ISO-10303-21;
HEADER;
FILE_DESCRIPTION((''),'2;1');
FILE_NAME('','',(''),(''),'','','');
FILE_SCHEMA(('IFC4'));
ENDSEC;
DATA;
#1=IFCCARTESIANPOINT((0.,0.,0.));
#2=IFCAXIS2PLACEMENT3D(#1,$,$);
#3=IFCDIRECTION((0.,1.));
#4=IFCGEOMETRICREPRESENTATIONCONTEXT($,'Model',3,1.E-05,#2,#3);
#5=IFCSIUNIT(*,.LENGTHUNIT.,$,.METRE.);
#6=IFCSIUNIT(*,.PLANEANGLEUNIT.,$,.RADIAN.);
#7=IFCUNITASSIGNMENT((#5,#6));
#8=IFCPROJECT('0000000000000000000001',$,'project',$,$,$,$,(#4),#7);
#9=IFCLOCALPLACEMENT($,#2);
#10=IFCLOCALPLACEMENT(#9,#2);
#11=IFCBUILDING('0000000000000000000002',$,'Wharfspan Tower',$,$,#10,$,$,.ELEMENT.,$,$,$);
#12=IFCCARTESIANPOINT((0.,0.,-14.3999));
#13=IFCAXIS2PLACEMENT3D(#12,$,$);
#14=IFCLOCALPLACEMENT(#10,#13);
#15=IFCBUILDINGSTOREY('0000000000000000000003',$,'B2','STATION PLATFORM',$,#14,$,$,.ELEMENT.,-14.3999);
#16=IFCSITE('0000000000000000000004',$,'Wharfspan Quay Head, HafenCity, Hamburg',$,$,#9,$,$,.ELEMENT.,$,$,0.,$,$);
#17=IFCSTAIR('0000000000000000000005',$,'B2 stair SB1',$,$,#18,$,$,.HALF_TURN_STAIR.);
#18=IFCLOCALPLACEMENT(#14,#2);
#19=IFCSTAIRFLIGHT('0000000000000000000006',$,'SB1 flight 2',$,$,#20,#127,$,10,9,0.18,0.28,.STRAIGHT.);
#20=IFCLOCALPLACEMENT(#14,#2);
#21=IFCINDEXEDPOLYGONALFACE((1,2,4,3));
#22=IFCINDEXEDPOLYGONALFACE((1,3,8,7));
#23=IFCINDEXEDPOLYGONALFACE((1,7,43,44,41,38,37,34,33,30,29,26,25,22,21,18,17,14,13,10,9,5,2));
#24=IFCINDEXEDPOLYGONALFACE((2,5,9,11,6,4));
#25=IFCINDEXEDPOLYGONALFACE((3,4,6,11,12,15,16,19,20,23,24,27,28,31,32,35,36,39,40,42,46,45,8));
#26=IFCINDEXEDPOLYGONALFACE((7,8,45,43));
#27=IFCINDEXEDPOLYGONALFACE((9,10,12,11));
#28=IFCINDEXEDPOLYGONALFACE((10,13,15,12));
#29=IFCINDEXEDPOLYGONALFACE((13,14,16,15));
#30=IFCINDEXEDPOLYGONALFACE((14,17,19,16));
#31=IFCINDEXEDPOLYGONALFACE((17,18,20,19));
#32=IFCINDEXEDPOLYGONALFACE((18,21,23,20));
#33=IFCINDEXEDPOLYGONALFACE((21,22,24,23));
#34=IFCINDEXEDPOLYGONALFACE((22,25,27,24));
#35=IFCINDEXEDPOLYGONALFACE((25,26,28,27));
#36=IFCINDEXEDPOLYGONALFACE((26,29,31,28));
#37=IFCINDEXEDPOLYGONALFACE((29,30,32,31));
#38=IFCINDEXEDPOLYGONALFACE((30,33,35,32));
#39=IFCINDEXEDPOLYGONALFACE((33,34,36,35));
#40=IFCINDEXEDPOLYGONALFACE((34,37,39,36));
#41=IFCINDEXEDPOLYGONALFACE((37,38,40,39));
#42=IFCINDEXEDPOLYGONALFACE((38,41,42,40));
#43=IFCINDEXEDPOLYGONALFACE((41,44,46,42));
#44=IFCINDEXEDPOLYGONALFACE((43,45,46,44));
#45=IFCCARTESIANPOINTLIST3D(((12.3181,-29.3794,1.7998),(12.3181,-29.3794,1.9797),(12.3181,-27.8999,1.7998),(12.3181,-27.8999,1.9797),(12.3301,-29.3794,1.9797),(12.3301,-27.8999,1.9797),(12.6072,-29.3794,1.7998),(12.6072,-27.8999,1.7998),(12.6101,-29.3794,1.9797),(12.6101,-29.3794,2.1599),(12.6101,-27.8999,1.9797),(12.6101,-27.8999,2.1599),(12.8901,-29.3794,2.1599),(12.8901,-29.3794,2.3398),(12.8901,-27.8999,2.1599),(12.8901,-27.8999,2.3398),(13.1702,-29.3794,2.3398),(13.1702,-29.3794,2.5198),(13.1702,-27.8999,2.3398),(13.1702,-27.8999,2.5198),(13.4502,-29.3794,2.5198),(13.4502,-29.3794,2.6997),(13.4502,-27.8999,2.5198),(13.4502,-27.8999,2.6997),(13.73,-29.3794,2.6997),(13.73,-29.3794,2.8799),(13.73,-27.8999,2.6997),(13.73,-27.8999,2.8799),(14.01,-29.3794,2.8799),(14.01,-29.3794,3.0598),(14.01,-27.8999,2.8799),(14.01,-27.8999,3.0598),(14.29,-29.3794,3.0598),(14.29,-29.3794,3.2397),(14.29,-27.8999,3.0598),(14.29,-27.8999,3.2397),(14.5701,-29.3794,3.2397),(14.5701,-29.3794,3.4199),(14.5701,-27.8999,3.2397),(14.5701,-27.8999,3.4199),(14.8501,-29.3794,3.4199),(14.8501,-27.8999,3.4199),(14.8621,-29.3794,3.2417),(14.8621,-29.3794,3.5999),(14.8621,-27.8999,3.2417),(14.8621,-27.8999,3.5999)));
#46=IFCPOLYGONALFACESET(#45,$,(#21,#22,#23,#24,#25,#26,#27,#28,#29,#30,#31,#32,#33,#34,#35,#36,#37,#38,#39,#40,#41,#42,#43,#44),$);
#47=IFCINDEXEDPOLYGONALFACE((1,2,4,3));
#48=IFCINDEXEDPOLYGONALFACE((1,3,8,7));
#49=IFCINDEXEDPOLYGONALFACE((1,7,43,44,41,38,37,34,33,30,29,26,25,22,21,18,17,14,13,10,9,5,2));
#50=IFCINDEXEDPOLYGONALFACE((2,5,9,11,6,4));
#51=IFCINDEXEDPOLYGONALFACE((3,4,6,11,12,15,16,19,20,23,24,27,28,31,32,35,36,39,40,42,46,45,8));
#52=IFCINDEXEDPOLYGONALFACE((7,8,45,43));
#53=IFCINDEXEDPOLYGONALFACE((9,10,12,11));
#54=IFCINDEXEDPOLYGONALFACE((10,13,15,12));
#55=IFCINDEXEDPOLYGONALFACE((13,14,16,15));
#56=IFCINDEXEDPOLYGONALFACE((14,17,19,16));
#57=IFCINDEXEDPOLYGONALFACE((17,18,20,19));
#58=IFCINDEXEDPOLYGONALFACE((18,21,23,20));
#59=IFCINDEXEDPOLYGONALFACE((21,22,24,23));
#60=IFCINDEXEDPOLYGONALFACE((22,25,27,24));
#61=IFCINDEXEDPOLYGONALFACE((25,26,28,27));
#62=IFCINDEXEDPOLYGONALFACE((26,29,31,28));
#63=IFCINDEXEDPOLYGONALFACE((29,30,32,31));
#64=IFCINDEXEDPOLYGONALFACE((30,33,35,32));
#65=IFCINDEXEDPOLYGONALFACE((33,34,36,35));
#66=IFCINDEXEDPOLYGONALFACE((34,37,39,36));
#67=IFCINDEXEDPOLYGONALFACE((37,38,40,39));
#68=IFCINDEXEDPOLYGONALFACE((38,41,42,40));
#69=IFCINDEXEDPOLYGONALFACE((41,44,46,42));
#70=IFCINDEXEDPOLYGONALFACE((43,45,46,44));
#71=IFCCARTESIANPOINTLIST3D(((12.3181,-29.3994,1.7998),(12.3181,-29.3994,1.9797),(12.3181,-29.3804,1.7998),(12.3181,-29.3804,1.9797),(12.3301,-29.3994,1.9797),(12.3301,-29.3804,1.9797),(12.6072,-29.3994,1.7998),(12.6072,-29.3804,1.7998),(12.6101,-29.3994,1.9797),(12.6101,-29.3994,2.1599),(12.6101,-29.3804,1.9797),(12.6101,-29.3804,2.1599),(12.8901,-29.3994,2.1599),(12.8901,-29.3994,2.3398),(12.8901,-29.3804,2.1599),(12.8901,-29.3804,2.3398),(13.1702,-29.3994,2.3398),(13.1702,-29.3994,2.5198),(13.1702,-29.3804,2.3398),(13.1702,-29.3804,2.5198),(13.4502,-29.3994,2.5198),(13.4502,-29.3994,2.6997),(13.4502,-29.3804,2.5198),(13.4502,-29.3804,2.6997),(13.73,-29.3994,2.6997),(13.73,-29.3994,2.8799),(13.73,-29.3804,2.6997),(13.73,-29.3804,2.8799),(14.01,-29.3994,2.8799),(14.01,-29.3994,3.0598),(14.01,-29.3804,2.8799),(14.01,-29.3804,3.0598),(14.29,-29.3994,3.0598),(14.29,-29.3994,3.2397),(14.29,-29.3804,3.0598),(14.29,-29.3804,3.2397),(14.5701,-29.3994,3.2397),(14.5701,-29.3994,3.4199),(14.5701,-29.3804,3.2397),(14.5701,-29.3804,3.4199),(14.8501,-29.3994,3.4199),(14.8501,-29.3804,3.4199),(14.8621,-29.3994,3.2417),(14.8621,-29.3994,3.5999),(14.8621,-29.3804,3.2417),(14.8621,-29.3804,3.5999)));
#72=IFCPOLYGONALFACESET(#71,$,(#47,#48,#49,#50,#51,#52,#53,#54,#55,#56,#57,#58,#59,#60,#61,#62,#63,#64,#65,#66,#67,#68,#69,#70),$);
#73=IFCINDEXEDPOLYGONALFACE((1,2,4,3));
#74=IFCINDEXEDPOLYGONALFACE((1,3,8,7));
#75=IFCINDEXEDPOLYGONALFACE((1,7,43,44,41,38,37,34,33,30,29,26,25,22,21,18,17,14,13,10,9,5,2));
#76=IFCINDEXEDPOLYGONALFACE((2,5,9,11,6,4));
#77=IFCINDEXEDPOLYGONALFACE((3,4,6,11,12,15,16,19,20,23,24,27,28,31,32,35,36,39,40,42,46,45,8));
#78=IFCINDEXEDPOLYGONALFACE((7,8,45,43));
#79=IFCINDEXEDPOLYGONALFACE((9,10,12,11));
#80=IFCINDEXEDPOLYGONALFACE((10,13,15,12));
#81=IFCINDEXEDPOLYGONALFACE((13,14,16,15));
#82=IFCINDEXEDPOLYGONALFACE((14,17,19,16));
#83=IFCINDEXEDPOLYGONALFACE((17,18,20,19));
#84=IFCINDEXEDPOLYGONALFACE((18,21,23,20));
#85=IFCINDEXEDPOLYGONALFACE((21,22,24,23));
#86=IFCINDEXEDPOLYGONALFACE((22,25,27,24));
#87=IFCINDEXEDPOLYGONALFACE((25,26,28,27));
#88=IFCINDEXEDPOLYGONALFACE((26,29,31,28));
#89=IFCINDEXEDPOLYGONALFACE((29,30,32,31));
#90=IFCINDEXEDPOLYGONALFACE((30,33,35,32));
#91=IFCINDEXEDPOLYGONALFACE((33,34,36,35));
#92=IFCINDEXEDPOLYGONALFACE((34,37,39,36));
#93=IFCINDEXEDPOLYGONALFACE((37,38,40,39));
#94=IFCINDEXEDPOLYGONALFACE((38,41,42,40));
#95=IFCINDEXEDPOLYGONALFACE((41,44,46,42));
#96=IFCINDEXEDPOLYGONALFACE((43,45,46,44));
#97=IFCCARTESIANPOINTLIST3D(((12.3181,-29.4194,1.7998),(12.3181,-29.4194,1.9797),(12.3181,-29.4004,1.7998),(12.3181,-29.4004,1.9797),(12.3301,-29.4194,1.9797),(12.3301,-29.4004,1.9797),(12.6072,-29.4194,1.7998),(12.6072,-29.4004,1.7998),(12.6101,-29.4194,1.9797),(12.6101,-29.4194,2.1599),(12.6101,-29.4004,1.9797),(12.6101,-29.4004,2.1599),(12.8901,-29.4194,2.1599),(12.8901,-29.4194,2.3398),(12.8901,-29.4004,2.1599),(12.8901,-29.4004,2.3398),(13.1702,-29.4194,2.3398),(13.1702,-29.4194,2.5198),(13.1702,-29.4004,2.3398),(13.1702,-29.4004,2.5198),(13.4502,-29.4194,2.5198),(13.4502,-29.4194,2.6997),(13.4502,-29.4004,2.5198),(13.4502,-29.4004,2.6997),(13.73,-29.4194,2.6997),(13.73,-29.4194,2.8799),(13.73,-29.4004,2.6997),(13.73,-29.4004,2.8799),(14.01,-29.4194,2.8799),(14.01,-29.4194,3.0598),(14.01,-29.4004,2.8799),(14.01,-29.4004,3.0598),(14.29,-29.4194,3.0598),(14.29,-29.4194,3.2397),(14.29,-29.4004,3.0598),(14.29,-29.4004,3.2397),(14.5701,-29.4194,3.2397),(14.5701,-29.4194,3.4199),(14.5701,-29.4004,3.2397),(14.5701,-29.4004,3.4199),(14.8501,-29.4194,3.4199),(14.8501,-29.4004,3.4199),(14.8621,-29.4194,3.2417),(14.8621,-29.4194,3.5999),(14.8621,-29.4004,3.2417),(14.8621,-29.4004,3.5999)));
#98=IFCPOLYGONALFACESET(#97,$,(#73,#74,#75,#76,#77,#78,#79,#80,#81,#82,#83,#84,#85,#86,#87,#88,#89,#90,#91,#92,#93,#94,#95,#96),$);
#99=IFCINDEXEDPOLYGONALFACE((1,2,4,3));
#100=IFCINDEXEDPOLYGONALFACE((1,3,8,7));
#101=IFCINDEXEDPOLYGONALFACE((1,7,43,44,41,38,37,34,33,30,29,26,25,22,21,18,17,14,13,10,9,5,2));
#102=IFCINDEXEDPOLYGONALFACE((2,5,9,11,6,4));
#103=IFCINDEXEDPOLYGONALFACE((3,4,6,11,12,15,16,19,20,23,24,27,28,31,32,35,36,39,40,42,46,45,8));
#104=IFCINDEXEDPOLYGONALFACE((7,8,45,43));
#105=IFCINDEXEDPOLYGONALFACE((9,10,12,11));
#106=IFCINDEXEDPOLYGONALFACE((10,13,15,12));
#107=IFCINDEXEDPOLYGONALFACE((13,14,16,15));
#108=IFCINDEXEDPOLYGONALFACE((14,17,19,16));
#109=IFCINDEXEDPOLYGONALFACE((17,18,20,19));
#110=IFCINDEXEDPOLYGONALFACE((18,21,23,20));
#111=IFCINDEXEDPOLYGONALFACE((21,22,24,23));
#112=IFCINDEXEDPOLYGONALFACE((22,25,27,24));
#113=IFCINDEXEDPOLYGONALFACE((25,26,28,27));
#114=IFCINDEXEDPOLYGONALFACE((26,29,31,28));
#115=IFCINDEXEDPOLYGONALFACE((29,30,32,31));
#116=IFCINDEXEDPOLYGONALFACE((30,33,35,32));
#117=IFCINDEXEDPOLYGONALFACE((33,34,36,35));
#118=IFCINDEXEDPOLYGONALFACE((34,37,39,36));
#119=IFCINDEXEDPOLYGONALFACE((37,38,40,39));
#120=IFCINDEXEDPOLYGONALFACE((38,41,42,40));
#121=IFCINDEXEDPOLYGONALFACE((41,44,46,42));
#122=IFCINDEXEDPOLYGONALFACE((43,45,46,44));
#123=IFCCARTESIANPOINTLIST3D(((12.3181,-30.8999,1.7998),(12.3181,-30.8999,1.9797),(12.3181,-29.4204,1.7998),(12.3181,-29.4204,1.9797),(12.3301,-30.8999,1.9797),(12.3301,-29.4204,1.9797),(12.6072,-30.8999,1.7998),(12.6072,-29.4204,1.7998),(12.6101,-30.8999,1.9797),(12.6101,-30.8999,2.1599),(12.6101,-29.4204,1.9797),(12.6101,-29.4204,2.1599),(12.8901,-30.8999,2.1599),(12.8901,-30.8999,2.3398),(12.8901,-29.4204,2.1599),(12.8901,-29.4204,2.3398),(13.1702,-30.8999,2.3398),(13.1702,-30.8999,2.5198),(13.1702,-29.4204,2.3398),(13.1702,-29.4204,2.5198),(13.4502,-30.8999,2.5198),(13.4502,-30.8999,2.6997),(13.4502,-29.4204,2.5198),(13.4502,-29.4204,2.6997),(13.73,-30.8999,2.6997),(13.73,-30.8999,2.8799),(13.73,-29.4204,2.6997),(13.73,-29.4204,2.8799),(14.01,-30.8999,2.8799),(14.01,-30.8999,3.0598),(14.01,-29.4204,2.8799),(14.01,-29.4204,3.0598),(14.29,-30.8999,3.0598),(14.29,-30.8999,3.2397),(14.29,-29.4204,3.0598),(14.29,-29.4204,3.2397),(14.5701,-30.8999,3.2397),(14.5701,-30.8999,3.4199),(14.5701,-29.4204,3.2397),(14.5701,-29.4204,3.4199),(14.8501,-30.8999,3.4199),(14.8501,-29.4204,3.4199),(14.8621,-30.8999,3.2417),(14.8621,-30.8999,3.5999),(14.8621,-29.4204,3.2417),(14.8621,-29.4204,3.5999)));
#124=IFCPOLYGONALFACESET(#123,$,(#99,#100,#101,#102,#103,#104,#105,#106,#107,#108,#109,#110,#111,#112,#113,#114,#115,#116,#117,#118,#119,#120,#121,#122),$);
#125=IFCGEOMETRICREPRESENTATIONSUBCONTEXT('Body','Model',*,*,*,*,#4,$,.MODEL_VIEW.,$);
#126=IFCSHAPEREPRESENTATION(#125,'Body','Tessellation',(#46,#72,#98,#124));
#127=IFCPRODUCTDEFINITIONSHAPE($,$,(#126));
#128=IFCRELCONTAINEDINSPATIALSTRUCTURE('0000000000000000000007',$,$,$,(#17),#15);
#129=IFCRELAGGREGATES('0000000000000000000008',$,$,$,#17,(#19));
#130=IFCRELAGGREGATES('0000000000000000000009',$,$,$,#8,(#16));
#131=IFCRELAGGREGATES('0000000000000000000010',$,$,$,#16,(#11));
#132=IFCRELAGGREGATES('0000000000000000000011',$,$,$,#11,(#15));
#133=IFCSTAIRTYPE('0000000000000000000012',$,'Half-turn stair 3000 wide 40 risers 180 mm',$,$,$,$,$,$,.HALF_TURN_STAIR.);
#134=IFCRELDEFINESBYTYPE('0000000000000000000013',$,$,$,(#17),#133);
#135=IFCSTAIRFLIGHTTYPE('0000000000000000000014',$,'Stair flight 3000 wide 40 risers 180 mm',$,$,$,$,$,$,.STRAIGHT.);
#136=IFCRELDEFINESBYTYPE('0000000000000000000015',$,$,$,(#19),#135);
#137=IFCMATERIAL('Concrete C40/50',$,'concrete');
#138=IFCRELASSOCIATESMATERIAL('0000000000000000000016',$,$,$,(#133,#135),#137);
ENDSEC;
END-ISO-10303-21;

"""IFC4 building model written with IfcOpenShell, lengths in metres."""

from ifc_helpers import new_model, si_unit, direction, frame, origin, place, context, subcontext, project, spatial, polyline, outline, extrude, material, type_object, element, aggregate, save


model = new_model("IFC4")

# Units and contexts
model_context = context("Model", 3, precision=1e-05, world=origin(), true_north=direction((0.0, 1.0)))
body_context = subcontext(model_context, "Body", "Model", "MODEL_VIEW")
ifc_project = project(units=[si_unit("LENGTHUNIT", "METRE"), si_unit("PLANEANGLEUNIT", "RADIAN")], contexts=[model_context])

# Site, building, storey
site_placement = place(None, origin())
site = spatial("IfcSite", under=ifc_project, at=site_placement, Name="Wharfspan Quay Head, HafenCity, Hamburg", CompositionType="ELEMENT", RefElevation=0.0)
building_placement = place(site_placement, origin())
building = spatial("IfcBuilding", under=site, at=building_placement, Name="Wharfspan Tower", CompositionType="ELEMENT")
storey_placement = place(building_placement, frame((0.0, 0.0, -14.3999)))
storey = spatial("IfcBuildingStorey", under=building, at=storey_placement, Name="B2", Description="STATION PLATFORM", CompositionType="ELEMENT", Elevation=-14.3999)

# Shared definitions
ifc_material_1 = material(Name="Concrete C40/50", Category="concrete")

# Stair, stair flight
stair_type = type_object("IfcStairType", Name="Half-turn stair 3000 wide 40 risers 180 mm", PredefinedType="HALF_TURN_STAIR", material=ifc_material_1)
stair_placement = place(storey_placement, origin())
stair = element("IfcStair", 1, at=stair_placement, inside=storey, type_object=stair_type, Name="B2 stair SB1", PredefinedType="HALF_TURN_STAIR")
stair_flight_type = type_object("IfcStairFlightType", Name="Stair flight 3000 wide 40 risers 180 mm", PredefinedType="STRAIGHT", material=ifc_material_1)
stair_flight_1_placement = place(storey_placement, frame((12.3301, -29.3999, 1.7998), z_axis=(0.0, 0.0, 1.0), x_axis=(1.0, 0.0, 0.0)))
stair_flight_1 = element("IfcStairFlight", 2, at=stair_flight_1_placement, type_object=stair_flight_type, Name="SB1 flight 2", NumberOfRisers=10, NumberOfTreads=9, PredefinedType="STRAIGHT", RiserHeight=0.18, TreadLength=0.28, context=body_context, shape_type="SweptSolid", body=[
    extrude(outline(polyline([(-0.012, 0.0), (-0.012, 0.1799), (0.0, 0.1799), (0.28, 0.1799), (0.28, 0.3601), (0.5601, 0.3601), (0.5601, 0.54), (0.8401, 0.54), (0.8401, 0.72), (1.1201, 0.72), (1.1201, 0.8999), (1.3999, 0.8999), (1.3999, 1.0801), (1.6799, 1.0801), (1.6799, 1.26), (1.96, 1.26), (1.96, 1.4399), (2.24, 1.4399), (2.24, 1.6201), (2.52, 1.6201), (2.532, 1.8), (2.532, 1.4419), (0.2771, 0.0), (-0.012, 0.0)])), frame((0.0, 1.5, 0.0), z_axis=(0.0, -1.0, 0.0), x_axis=(1.0, 0.0, 0.0)), (0.0, 0.0, 1.0), 1.4795),
    extrude(outline(polyline([(-0.012, 0.0), (-0.012, 0.1799), (0.0, 0.1799), (0.28, 0.1799), (0.28, 0.3601), (0.5601, 0.3601), (0.5601, 0.54), (0.8401, 0.54), (0.8401, 0.72), (1.1201, 0.72), (1.1201, 0.8999), (1.3999, 0.8999), (1.3999, 1.0801), (1.6799, 1.0801), (1.6799, 1.26), (1.96, 1.26), (1.96, 1.4399), (2.24, 1.4399), (2.24, 1.6201), (2.52, 1.6201), (2.532, 1.8), (2.532, 1.4419), (0.2771, 0.0), (-0.012, 0.0)])), frame((0.0, 0.0195, 0.0), z_axis=(0.0, -1.0, 0.0), x_axis=(1.0, 0.0, 0.0)), (0.0, 0.0, 1.0), 0.019),
    extrude(outline(polyline([(-0.012, 0.0), (-0.012, 0.1799), (0.0, 0.1799), (0.28, 0.1799), (0.28, 0.3601), (0.5601, 0.3601), (0.5601, 0.54), (0.8401, 0.54), (0.8401, 0.72), (1.1201, 0.72), (1.1201, 0.8999), (1.3999, 0.8999), (1.3999, 1.0801), (1.6799, 1.0801), (1.6799, 1.26), (1.96, 1.26), (1.96, 1.4399), (2.24, 1.4399), (2.24, 1.6201), (2.52, 1.6201), (2.532, 1.8), (2.532, 1.4419), (0.2771, 0.0), (-0.012, 0.0)])), frame((0.0, -0.0005, 0.0), z_axis=(0.0, -1.0, 0.0), x_axis=(1.0, 0.0, 0.0)), (0.0, 0.0, 1.0), 0.019),
    extrude(outline(polyline([(-0.012, 0.0), (-0.012, 0.1799), (0.0, 0.1799), (0.28, 0.1799), (0.28, 0.3601), (0.5601, 0.3601), (0.5601, 0.54), (0.8401, 0.54), (0.8401, 0.72), (1.1201, 0.72), (1.1201, 0.8999), (1.3999, 0.8999), (1.3999, 1.0801), (1.6799, 1.0801), (1.6799, 1.26), (1.96, 1.26), (1.96, 1.4399), (2.24, 1.4399), (2.24, 1.6201), (2.52, 1.6201), (2.532, 1.8), (2.532, 1.4419), (0.2771, 0.0), (-0.012, 0.0)])), frame((0.0, -0.0205, 0.0), z_axis=(0.0, -1.0, 0.0), x_axis=(1.0, 0.0, 0.0)), (0.0, 0.0, 1.0), 1.4795),
])
aggregate(stair, [stair_flight_1])

save(model, "model.ifc")
